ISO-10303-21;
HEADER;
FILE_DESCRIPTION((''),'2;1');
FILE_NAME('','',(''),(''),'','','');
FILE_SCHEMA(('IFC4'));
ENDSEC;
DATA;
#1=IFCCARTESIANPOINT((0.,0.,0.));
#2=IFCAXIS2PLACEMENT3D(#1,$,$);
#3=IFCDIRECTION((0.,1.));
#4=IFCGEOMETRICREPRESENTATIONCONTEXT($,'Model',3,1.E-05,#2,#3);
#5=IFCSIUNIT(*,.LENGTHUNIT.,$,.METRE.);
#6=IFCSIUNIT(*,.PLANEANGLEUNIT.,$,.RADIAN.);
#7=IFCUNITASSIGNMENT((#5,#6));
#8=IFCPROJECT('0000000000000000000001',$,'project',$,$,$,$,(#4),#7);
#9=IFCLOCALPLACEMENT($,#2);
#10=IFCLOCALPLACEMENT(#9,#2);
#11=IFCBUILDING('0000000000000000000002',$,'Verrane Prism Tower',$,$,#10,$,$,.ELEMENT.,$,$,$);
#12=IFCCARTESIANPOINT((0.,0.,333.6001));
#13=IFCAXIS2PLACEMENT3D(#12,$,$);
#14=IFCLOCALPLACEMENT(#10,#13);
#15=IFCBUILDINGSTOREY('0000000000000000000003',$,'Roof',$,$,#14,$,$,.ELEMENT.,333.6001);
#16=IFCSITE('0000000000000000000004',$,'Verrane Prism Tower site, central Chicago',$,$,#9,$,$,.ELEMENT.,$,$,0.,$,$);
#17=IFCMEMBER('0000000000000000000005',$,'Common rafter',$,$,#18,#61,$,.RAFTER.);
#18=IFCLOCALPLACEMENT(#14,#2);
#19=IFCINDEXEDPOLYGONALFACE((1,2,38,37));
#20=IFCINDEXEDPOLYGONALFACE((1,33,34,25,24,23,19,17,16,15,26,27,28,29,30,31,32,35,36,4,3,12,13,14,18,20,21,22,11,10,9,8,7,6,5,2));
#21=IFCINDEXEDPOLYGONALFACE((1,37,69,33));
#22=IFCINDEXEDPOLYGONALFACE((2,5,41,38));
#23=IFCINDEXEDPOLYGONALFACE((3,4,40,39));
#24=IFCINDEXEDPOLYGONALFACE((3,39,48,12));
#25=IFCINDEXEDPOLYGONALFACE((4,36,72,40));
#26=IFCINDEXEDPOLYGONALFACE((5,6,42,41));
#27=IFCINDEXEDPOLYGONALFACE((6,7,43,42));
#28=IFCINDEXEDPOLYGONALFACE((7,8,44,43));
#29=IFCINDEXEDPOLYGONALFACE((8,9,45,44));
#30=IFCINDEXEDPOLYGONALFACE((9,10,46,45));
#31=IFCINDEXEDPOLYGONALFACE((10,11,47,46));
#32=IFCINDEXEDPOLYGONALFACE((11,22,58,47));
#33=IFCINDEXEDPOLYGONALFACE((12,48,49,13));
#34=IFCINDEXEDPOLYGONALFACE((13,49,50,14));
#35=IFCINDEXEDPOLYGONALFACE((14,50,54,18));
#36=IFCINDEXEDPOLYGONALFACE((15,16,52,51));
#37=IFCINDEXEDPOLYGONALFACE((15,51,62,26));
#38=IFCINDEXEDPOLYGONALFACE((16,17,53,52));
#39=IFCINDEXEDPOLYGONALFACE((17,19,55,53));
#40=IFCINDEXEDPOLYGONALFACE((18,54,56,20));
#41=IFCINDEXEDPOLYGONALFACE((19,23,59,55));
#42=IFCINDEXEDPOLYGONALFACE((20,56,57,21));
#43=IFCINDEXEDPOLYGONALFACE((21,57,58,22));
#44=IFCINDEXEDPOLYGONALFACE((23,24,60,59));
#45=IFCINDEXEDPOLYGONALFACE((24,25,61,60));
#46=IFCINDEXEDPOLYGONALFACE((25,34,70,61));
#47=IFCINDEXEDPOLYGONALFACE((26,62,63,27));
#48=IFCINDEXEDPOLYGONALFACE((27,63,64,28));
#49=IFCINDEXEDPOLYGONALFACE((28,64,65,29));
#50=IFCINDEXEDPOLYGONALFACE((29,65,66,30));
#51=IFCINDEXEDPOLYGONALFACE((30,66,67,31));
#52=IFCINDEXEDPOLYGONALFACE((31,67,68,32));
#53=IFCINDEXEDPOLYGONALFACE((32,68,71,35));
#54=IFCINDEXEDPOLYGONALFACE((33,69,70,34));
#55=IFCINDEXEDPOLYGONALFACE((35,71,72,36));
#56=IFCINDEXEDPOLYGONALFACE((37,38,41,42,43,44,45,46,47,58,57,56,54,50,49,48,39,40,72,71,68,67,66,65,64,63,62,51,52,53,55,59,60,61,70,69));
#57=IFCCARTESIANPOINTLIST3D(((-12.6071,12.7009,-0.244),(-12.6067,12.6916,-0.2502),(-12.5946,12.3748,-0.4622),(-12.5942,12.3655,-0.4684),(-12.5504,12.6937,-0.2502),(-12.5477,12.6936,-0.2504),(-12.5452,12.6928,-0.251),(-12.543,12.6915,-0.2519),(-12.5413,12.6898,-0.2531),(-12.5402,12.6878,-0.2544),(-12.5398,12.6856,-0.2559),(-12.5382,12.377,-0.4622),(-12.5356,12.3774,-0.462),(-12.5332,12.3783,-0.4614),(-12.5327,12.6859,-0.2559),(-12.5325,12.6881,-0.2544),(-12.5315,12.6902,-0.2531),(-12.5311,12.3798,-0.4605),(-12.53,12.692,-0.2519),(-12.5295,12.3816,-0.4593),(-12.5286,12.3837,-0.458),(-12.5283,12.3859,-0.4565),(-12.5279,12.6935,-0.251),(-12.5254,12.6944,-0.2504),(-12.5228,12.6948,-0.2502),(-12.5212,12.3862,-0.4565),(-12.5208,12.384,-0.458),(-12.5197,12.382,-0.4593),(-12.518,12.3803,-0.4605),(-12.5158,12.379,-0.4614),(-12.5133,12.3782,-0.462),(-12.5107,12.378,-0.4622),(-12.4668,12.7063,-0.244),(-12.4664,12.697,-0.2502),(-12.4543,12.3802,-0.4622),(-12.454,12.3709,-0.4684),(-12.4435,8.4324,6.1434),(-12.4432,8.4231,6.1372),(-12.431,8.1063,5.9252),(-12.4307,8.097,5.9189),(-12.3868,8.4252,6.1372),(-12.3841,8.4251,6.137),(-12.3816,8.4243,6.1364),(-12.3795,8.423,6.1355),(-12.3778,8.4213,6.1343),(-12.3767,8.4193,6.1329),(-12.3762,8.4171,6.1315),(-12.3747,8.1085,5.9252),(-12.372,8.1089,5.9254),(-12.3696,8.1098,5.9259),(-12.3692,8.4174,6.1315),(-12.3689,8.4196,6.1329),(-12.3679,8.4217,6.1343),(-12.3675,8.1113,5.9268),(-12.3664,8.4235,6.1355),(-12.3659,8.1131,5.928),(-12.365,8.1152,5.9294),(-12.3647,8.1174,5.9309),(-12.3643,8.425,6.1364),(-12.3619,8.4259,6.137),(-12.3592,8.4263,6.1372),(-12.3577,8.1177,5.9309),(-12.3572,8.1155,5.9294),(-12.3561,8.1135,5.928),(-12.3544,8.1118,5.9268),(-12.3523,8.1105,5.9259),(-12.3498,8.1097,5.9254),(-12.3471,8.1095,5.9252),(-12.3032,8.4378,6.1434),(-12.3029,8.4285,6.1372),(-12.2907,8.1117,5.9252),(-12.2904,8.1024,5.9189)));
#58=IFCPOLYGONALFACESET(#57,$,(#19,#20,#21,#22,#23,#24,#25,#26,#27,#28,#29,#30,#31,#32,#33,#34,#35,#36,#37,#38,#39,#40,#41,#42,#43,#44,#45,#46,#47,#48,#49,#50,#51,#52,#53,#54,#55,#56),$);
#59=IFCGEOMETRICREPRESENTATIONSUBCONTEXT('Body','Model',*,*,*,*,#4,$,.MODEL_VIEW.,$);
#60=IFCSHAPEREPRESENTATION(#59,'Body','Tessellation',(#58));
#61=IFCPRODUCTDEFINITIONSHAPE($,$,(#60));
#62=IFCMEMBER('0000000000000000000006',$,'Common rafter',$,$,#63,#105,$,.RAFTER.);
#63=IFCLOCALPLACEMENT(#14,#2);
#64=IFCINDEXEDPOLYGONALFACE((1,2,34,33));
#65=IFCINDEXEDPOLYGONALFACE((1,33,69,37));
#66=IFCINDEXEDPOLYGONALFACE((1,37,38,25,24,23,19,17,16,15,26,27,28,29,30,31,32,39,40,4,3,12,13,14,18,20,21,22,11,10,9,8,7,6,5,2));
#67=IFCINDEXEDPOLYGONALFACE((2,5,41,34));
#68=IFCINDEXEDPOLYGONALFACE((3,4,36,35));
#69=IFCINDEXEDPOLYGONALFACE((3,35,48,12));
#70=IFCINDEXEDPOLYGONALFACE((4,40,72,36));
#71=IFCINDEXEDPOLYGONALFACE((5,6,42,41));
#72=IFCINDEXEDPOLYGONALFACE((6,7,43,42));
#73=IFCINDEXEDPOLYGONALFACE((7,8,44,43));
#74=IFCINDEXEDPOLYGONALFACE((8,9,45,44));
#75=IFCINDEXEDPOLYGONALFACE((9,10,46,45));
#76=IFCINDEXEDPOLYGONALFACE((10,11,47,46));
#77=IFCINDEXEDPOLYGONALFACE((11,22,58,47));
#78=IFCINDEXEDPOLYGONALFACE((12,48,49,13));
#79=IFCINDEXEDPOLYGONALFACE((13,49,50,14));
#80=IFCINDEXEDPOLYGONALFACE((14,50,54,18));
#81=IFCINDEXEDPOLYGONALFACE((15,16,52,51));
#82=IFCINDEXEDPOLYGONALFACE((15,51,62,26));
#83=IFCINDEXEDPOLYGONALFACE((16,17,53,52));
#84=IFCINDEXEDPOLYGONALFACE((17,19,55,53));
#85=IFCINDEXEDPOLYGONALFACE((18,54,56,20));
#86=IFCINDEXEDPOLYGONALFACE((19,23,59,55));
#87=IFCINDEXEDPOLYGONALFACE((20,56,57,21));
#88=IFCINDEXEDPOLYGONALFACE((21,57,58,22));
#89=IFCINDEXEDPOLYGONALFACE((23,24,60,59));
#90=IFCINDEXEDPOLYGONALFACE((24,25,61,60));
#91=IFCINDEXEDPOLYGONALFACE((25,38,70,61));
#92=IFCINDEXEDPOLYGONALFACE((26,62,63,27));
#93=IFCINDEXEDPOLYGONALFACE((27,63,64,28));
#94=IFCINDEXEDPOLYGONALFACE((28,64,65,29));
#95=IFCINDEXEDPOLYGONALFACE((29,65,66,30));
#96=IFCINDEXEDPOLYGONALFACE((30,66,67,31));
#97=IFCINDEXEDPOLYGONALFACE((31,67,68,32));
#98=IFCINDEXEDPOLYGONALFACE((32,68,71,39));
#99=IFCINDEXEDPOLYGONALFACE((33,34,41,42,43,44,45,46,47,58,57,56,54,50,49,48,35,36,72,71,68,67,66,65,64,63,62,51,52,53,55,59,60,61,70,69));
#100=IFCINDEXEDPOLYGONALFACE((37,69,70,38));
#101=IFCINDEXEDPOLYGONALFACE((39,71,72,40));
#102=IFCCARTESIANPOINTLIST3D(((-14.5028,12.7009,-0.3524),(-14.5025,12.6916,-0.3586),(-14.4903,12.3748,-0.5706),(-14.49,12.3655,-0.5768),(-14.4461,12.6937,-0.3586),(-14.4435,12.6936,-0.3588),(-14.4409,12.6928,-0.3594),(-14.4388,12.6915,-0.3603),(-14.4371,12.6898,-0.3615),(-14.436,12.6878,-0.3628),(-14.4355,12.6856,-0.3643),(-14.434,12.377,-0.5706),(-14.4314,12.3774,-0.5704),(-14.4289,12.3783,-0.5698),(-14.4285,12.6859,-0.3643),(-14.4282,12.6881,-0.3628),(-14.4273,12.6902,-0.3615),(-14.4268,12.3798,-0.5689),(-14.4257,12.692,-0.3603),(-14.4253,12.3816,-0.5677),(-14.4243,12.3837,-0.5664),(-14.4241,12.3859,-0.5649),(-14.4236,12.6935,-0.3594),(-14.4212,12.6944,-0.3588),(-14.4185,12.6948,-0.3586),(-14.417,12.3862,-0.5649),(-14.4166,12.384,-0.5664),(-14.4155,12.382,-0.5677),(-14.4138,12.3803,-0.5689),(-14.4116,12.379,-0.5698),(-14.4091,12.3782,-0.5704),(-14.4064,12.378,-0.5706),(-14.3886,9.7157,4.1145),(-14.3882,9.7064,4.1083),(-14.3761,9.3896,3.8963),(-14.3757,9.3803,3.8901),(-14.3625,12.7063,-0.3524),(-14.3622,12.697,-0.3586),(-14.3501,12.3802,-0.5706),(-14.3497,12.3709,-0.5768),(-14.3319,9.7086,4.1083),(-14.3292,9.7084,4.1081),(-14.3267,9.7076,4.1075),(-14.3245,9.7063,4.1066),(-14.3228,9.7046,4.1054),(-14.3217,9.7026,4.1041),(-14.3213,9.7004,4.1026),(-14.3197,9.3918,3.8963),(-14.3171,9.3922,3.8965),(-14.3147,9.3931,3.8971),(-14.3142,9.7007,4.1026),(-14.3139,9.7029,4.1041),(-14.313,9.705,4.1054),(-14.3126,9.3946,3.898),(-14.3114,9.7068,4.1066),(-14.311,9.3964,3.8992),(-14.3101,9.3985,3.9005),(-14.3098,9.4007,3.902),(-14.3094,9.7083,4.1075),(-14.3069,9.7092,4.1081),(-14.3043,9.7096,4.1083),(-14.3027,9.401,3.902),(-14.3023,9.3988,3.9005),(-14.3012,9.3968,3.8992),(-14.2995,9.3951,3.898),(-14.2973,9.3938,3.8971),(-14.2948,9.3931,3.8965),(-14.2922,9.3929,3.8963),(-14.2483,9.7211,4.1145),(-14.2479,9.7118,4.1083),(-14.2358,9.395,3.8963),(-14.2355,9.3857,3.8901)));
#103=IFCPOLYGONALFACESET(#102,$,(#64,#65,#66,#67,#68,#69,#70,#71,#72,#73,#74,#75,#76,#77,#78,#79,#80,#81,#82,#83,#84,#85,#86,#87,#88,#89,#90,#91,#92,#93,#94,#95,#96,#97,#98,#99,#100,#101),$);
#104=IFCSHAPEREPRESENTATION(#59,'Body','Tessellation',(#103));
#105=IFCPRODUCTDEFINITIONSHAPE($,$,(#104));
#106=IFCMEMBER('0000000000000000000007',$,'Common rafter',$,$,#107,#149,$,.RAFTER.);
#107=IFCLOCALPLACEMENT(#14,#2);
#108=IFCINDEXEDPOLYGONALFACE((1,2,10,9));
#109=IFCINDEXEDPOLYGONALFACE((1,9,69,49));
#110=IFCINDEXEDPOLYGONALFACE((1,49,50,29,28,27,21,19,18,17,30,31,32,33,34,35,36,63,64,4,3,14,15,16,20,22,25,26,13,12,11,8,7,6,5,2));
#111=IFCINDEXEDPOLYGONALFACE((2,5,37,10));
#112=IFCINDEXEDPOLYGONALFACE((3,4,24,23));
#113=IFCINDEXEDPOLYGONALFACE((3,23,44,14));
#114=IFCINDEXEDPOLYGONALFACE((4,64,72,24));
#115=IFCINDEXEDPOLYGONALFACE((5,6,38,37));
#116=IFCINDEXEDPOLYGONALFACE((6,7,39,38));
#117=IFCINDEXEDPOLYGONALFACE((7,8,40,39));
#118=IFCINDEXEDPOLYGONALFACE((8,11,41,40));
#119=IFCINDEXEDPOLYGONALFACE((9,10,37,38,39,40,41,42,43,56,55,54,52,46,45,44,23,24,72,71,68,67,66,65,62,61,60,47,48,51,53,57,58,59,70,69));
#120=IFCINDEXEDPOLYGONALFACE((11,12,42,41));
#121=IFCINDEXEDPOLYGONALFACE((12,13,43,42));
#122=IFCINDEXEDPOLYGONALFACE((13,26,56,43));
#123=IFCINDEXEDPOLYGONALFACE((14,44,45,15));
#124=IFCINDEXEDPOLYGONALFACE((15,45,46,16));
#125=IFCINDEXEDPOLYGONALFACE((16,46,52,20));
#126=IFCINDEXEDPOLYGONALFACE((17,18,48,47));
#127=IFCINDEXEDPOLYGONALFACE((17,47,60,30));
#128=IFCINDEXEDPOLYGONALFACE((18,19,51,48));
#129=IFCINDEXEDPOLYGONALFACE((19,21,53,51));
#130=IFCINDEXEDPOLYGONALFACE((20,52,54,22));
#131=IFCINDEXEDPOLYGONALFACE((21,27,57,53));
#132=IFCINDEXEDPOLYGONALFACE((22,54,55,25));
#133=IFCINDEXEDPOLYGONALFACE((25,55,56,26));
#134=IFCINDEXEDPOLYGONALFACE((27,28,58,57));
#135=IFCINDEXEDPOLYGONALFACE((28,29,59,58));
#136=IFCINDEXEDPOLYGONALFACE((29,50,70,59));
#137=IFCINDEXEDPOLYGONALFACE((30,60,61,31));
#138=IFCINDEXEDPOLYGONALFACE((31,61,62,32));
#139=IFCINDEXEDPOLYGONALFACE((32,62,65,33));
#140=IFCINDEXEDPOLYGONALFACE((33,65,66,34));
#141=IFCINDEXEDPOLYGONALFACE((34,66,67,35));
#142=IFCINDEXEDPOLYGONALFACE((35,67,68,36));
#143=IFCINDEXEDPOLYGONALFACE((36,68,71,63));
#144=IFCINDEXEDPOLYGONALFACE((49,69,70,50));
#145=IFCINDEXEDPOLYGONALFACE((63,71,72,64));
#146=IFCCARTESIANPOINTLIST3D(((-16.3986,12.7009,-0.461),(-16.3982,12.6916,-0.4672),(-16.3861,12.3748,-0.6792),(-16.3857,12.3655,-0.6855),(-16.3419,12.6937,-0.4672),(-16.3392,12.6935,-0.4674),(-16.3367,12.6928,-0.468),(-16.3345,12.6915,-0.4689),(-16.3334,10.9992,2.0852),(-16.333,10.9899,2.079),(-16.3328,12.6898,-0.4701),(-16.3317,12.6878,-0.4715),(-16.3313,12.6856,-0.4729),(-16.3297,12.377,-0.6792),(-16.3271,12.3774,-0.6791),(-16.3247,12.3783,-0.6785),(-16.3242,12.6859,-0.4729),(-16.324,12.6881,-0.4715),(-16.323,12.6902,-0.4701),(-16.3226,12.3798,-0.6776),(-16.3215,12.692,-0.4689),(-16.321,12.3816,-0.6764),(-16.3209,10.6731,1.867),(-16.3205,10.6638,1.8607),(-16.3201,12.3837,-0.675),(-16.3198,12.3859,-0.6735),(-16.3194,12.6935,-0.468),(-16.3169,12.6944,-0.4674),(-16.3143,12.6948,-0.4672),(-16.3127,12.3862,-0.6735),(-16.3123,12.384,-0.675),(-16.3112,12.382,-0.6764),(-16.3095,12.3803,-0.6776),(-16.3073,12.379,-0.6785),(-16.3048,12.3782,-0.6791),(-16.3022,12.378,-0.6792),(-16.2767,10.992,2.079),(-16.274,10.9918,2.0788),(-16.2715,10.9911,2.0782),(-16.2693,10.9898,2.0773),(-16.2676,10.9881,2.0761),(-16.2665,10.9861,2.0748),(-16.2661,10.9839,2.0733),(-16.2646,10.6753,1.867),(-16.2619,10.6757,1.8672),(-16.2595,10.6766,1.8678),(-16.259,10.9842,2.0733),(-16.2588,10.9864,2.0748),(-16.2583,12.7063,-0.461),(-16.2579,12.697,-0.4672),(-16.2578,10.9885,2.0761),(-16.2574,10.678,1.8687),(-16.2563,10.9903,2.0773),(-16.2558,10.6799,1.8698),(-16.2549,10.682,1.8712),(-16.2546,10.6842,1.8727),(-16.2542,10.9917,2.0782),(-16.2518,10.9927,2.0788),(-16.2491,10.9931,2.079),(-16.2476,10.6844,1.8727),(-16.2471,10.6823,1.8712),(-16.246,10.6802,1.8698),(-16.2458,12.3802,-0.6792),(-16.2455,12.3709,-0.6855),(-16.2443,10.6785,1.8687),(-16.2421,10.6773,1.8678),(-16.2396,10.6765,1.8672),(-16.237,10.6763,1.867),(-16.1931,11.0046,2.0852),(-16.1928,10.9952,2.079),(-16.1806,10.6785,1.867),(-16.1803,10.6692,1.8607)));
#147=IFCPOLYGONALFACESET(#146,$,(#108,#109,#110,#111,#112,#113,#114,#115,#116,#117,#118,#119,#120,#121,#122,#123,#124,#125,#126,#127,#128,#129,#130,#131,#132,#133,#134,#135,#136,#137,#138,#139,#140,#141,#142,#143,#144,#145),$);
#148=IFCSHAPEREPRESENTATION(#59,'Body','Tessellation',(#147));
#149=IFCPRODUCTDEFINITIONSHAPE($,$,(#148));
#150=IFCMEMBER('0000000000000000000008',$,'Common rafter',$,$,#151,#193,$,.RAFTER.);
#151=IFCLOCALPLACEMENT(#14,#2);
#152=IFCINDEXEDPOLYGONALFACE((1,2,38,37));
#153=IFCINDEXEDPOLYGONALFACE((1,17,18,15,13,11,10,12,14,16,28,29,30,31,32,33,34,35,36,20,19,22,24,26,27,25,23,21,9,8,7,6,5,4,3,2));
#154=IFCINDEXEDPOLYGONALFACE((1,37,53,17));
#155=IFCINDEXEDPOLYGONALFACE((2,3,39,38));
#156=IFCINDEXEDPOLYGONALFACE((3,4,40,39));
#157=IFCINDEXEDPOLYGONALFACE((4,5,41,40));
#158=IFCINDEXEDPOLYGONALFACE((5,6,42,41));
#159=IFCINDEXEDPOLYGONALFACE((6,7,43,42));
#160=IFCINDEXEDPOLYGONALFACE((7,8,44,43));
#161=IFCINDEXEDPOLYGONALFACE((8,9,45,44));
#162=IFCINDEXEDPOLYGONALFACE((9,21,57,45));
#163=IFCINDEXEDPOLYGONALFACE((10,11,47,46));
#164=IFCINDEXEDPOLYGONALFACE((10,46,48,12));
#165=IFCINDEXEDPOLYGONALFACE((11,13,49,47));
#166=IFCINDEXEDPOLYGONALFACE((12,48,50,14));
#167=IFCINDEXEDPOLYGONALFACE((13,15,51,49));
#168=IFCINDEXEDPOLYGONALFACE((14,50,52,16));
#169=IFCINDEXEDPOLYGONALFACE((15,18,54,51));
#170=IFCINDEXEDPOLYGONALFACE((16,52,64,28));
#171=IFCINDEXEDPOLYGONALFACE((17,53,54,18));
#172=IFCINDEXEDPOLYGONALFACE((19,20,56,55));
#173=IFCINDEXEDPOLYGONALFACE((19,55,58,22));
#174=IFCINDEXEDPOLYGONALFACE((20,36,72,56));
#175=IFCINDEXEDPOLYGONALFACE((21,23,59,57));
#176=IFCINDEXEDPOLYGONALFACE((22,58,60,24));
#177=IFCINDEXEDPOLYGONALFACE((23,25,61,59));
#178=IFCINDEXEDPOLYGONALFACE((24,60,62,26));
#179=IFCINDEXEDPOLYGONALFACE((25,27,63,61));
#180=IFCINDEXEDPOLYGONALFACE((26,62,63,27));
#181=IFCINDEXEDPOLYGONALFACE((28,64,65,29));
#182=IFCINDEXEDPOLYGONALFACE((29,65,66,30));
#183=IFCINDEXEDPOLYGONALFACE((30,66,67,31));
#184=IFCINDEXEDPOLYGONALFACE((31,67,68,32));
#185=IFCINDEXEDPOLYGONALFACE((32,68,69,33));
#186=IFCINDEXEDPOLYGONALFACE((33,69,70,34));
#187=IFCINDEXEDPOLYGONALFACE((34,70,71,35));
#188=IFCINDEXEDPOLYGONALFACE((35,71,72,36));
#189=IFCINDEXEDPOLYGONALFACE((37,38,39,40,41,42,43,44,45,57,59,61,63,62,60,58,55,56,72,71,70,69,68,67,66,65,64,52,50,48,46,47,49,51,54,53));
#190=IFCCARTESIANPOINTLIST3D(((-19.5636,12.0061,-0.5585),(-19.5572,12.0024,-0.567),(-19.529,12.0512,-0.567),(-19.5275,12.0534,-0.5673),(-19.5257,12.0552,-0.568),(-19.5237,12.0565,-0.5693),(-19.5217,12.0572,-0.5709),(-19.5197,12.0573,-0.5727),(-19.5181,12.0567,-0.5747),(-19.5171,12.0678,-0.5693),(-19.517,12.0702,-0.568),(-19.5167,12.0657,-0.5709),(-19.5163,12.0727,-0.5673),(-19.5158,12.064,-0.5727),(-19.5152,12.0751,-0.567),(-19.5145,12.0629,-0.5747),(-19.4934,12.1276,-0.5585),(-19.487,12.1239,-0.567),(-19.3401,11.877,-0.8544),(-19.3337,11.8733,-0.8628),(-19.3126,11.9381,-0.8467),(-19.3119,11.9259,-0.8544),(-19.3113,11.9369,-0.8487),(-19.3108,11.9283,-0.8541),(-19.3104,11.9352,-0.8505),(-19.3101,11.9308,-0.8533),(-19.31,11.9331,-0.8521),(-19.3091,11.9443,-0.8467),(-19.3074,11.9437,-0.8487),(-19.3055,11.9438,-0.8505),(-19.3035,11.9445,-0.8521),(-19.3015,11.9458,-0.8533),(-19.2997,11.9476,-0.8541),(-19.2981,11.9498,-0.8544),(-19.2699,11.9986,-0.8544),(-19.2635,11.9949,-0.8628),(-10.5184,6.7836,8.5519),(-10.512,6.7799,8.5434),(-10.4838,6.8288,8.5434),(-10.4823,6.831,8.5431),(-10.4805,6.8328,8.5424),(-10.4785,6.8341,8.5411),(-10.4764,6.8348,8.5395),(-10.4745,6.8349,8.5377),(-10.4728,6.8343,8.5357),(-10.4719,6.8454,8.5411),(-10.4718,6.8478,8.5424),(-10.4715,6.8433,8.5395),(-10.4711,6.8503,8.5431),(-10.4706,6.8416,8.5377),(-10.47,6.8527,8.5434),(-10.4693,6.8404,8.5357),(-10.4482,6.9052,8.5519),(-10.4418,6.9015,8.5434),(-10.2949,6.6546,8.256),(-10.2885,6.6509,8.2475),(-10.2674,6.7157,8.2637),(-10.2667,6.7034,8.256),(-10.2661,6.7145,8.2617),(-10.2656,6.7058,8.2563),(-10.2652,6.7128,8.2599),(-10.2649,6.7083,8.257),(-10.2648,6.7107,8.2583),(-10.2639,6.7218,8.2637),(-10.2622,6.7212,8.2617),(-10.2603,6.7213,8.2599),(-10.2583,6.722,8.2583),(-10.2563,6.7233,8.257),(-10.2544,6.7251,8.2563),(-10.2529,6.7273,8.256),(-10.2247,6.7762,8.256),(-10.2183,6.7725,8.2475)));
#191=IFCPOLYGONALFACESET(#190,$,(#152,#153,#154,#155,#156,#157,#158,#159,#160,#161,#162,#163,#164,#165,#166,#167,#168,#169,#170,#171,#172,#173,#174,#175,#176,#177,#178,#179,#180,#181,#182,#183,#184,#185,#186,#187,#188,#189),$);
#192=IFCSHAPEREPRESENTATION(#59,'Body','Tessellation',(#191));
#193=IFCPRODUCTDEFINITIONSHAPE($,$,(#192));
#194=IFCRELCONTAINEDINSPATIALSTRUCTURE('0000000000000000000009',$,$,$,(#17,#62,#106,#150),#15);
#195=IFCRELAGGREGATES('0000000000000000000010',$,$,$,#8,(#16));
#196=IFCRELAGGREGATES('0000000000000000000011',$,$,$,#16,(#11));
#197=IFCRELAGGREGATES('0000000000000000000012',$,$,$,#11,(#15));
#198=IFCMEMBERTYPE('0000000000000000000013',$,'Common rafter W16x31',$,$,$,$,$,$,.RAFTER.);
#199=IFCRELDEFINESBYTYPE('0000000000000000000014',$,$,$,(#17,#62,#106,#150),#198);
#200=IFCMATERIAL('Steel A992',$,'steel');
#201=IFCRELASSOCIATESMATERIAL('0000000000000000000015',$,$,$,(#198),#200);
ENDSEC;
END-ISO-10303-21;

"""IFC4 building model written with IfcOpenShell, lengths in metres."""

from ifc_helpers import new_model, si_unit, direction, frame, origin, origin_2d, place, context, subcontext, project, spatial, i_section, extrude, material, material_profile, profile_set, type_object, element, save


model = new_model("IFC4")

# Units and contexts
model_context = context("Model", 3, precision=1e-05, world=origin(), true_north=direction((0.0, 1.0)))
body_context = subcontext(model_context, "Body", "Model", "MODEL_VIEW")
ifc_project = project(units=[si_unit("LENGTHUNIT", "METRE"), si_unit("PLANEANGLEUNIT", "RADIAN")], contexts=[model_context])

# Site, building, storey
site_placement = place(None, origin())
site = spatial("IfcSite", under=ifc_project, at=site_placement, Name="Verrane Prism Tower site, central Chicago", CompositionType="ELEMENT", RefElevation=0.0)
building_placement = place(site_placement, origin())
building = spatial("IfcBuilding", under=site, at=building_placement, Name="Verrane Prism Tower", CompositionType="ELEMENT")
storey_placement = place(building_placement, frame((0.0, 0.0, 333.6001)))
storey = spatial("IfcBuildingStorey", under=building, at=storey_placement, Name="Roof", CompositionType="ELEMENT", Elevation=333.6001)

# Members
ifc_material_1 = material(Name="Steel A992", Category="steel")
ifc_material_profile_1 = material_profile(ifc_material_1, i_section(OverallWidth=0.1404, OverallDepth=0.4038, WebThickness=0.0071, FlangeThickness=0.0112, FilletRadius=0.0103, at=origin_2d()), Name="W16x31")
ifc_profile_set_1 = profile_set([ifc_material_profile_1], Name="Steel A992")
member_type_1 = type_object("IfcMemberType", Name="Common rafter W16x31", PredefinedType="RAFTER", material=ifc_profile_set_1)
member_1_placement = place(storey_placement, frame((-12.5305, 12.5359, -0.3562), z_axis=(0.021287, -0.555498, 0.831245), x_axis=(0.999267, 0.038293, 0.0)))
element("IfcMember", 1, at=member_1_placement, inside=storey, type_object=member_type_1, Name="Common rafter", PredefinedType="RAFTER", context=body_context, shape_type="SweptSolid", body=[
    extrude(i_section(OverallWidth=0.1404, OverallDepth=0.4038, WebThickness=0.0071, FlangeThickness=0.0112, FilletRadius=0.0103, at=origin_2d()), origin(), (0.0, 0.0, 1.0), 7.6841),
])
member_2_placement = place(storey_placement, frame((-14.4263, 12.5359, -0.4646), z_axis=(0.021263, -0.555508, 0.83124), x_axis=(0.999268, 0.038248, 0.0)))
element("IfcMember", 2, at=member_2_placement, inside=storey, type_object=member_type_1, Name="Common rafter", PredefinedType="RAFTER", context=body_context, shape_type="SweptSolid", body=[
    extrude(i_section(OverallWidth=0.1404, OverallDepth=0.4038, WebThickness=0.0071, FlangeThickness=0.0112, FilletRadius=0.0103, at=origin_2d()), origin(), (0.0, 0.0, 1.0), 5.3738),
])
member_3_placement = place(storey_placement, frame((-16.322, 12.5359, -0.5732), z_axis=(0.021281, -0.555531, 0.831224), x_axis=(0.999267, 0.038279, 0.0)))
element("IfcMember", 3, at=member_3_placement, inside=storey, type_object=member_type_1, Name="Common rafter", PredefinedType="RAFTER", context=body_context, shape_type="SweptSolid", body=[
    extrude(i_section(OverallWidth=0.1404, OverallDepth=0.4038, WebThickness=0.0071, FlangeThickness=0.0112, FilletRadius=0.0103, at=origin_2d()), origin(), (0.0, 0.0, 1.0), 3.0632),
])
member_4_placement = place(storey_placement, frame((-19.4136, 12.0005, -0.7107), z_axis=(0.652631, -0.37681, 0.657334), x_axis=(0.500013, 0.866018, 0.0)))
element("IfcMember", 4, at=member_4_placement, inside=storey, type_object=member_type_1, Name="Common rafter", PredefinedType="RAFTER", context=body_context, shape_type="SweptSolid", body=[
    extrude(i_section(OverallWidth=0.1404, OverallDepth=0.4038, WebThickness=0.0071, FlangeThickness=0.0112, FilletRadius=0.0103, at=origin_2d()), origin(), (0.0, 0.0, 1.0), 13.8596),
])

save(model, "model.ifc")
